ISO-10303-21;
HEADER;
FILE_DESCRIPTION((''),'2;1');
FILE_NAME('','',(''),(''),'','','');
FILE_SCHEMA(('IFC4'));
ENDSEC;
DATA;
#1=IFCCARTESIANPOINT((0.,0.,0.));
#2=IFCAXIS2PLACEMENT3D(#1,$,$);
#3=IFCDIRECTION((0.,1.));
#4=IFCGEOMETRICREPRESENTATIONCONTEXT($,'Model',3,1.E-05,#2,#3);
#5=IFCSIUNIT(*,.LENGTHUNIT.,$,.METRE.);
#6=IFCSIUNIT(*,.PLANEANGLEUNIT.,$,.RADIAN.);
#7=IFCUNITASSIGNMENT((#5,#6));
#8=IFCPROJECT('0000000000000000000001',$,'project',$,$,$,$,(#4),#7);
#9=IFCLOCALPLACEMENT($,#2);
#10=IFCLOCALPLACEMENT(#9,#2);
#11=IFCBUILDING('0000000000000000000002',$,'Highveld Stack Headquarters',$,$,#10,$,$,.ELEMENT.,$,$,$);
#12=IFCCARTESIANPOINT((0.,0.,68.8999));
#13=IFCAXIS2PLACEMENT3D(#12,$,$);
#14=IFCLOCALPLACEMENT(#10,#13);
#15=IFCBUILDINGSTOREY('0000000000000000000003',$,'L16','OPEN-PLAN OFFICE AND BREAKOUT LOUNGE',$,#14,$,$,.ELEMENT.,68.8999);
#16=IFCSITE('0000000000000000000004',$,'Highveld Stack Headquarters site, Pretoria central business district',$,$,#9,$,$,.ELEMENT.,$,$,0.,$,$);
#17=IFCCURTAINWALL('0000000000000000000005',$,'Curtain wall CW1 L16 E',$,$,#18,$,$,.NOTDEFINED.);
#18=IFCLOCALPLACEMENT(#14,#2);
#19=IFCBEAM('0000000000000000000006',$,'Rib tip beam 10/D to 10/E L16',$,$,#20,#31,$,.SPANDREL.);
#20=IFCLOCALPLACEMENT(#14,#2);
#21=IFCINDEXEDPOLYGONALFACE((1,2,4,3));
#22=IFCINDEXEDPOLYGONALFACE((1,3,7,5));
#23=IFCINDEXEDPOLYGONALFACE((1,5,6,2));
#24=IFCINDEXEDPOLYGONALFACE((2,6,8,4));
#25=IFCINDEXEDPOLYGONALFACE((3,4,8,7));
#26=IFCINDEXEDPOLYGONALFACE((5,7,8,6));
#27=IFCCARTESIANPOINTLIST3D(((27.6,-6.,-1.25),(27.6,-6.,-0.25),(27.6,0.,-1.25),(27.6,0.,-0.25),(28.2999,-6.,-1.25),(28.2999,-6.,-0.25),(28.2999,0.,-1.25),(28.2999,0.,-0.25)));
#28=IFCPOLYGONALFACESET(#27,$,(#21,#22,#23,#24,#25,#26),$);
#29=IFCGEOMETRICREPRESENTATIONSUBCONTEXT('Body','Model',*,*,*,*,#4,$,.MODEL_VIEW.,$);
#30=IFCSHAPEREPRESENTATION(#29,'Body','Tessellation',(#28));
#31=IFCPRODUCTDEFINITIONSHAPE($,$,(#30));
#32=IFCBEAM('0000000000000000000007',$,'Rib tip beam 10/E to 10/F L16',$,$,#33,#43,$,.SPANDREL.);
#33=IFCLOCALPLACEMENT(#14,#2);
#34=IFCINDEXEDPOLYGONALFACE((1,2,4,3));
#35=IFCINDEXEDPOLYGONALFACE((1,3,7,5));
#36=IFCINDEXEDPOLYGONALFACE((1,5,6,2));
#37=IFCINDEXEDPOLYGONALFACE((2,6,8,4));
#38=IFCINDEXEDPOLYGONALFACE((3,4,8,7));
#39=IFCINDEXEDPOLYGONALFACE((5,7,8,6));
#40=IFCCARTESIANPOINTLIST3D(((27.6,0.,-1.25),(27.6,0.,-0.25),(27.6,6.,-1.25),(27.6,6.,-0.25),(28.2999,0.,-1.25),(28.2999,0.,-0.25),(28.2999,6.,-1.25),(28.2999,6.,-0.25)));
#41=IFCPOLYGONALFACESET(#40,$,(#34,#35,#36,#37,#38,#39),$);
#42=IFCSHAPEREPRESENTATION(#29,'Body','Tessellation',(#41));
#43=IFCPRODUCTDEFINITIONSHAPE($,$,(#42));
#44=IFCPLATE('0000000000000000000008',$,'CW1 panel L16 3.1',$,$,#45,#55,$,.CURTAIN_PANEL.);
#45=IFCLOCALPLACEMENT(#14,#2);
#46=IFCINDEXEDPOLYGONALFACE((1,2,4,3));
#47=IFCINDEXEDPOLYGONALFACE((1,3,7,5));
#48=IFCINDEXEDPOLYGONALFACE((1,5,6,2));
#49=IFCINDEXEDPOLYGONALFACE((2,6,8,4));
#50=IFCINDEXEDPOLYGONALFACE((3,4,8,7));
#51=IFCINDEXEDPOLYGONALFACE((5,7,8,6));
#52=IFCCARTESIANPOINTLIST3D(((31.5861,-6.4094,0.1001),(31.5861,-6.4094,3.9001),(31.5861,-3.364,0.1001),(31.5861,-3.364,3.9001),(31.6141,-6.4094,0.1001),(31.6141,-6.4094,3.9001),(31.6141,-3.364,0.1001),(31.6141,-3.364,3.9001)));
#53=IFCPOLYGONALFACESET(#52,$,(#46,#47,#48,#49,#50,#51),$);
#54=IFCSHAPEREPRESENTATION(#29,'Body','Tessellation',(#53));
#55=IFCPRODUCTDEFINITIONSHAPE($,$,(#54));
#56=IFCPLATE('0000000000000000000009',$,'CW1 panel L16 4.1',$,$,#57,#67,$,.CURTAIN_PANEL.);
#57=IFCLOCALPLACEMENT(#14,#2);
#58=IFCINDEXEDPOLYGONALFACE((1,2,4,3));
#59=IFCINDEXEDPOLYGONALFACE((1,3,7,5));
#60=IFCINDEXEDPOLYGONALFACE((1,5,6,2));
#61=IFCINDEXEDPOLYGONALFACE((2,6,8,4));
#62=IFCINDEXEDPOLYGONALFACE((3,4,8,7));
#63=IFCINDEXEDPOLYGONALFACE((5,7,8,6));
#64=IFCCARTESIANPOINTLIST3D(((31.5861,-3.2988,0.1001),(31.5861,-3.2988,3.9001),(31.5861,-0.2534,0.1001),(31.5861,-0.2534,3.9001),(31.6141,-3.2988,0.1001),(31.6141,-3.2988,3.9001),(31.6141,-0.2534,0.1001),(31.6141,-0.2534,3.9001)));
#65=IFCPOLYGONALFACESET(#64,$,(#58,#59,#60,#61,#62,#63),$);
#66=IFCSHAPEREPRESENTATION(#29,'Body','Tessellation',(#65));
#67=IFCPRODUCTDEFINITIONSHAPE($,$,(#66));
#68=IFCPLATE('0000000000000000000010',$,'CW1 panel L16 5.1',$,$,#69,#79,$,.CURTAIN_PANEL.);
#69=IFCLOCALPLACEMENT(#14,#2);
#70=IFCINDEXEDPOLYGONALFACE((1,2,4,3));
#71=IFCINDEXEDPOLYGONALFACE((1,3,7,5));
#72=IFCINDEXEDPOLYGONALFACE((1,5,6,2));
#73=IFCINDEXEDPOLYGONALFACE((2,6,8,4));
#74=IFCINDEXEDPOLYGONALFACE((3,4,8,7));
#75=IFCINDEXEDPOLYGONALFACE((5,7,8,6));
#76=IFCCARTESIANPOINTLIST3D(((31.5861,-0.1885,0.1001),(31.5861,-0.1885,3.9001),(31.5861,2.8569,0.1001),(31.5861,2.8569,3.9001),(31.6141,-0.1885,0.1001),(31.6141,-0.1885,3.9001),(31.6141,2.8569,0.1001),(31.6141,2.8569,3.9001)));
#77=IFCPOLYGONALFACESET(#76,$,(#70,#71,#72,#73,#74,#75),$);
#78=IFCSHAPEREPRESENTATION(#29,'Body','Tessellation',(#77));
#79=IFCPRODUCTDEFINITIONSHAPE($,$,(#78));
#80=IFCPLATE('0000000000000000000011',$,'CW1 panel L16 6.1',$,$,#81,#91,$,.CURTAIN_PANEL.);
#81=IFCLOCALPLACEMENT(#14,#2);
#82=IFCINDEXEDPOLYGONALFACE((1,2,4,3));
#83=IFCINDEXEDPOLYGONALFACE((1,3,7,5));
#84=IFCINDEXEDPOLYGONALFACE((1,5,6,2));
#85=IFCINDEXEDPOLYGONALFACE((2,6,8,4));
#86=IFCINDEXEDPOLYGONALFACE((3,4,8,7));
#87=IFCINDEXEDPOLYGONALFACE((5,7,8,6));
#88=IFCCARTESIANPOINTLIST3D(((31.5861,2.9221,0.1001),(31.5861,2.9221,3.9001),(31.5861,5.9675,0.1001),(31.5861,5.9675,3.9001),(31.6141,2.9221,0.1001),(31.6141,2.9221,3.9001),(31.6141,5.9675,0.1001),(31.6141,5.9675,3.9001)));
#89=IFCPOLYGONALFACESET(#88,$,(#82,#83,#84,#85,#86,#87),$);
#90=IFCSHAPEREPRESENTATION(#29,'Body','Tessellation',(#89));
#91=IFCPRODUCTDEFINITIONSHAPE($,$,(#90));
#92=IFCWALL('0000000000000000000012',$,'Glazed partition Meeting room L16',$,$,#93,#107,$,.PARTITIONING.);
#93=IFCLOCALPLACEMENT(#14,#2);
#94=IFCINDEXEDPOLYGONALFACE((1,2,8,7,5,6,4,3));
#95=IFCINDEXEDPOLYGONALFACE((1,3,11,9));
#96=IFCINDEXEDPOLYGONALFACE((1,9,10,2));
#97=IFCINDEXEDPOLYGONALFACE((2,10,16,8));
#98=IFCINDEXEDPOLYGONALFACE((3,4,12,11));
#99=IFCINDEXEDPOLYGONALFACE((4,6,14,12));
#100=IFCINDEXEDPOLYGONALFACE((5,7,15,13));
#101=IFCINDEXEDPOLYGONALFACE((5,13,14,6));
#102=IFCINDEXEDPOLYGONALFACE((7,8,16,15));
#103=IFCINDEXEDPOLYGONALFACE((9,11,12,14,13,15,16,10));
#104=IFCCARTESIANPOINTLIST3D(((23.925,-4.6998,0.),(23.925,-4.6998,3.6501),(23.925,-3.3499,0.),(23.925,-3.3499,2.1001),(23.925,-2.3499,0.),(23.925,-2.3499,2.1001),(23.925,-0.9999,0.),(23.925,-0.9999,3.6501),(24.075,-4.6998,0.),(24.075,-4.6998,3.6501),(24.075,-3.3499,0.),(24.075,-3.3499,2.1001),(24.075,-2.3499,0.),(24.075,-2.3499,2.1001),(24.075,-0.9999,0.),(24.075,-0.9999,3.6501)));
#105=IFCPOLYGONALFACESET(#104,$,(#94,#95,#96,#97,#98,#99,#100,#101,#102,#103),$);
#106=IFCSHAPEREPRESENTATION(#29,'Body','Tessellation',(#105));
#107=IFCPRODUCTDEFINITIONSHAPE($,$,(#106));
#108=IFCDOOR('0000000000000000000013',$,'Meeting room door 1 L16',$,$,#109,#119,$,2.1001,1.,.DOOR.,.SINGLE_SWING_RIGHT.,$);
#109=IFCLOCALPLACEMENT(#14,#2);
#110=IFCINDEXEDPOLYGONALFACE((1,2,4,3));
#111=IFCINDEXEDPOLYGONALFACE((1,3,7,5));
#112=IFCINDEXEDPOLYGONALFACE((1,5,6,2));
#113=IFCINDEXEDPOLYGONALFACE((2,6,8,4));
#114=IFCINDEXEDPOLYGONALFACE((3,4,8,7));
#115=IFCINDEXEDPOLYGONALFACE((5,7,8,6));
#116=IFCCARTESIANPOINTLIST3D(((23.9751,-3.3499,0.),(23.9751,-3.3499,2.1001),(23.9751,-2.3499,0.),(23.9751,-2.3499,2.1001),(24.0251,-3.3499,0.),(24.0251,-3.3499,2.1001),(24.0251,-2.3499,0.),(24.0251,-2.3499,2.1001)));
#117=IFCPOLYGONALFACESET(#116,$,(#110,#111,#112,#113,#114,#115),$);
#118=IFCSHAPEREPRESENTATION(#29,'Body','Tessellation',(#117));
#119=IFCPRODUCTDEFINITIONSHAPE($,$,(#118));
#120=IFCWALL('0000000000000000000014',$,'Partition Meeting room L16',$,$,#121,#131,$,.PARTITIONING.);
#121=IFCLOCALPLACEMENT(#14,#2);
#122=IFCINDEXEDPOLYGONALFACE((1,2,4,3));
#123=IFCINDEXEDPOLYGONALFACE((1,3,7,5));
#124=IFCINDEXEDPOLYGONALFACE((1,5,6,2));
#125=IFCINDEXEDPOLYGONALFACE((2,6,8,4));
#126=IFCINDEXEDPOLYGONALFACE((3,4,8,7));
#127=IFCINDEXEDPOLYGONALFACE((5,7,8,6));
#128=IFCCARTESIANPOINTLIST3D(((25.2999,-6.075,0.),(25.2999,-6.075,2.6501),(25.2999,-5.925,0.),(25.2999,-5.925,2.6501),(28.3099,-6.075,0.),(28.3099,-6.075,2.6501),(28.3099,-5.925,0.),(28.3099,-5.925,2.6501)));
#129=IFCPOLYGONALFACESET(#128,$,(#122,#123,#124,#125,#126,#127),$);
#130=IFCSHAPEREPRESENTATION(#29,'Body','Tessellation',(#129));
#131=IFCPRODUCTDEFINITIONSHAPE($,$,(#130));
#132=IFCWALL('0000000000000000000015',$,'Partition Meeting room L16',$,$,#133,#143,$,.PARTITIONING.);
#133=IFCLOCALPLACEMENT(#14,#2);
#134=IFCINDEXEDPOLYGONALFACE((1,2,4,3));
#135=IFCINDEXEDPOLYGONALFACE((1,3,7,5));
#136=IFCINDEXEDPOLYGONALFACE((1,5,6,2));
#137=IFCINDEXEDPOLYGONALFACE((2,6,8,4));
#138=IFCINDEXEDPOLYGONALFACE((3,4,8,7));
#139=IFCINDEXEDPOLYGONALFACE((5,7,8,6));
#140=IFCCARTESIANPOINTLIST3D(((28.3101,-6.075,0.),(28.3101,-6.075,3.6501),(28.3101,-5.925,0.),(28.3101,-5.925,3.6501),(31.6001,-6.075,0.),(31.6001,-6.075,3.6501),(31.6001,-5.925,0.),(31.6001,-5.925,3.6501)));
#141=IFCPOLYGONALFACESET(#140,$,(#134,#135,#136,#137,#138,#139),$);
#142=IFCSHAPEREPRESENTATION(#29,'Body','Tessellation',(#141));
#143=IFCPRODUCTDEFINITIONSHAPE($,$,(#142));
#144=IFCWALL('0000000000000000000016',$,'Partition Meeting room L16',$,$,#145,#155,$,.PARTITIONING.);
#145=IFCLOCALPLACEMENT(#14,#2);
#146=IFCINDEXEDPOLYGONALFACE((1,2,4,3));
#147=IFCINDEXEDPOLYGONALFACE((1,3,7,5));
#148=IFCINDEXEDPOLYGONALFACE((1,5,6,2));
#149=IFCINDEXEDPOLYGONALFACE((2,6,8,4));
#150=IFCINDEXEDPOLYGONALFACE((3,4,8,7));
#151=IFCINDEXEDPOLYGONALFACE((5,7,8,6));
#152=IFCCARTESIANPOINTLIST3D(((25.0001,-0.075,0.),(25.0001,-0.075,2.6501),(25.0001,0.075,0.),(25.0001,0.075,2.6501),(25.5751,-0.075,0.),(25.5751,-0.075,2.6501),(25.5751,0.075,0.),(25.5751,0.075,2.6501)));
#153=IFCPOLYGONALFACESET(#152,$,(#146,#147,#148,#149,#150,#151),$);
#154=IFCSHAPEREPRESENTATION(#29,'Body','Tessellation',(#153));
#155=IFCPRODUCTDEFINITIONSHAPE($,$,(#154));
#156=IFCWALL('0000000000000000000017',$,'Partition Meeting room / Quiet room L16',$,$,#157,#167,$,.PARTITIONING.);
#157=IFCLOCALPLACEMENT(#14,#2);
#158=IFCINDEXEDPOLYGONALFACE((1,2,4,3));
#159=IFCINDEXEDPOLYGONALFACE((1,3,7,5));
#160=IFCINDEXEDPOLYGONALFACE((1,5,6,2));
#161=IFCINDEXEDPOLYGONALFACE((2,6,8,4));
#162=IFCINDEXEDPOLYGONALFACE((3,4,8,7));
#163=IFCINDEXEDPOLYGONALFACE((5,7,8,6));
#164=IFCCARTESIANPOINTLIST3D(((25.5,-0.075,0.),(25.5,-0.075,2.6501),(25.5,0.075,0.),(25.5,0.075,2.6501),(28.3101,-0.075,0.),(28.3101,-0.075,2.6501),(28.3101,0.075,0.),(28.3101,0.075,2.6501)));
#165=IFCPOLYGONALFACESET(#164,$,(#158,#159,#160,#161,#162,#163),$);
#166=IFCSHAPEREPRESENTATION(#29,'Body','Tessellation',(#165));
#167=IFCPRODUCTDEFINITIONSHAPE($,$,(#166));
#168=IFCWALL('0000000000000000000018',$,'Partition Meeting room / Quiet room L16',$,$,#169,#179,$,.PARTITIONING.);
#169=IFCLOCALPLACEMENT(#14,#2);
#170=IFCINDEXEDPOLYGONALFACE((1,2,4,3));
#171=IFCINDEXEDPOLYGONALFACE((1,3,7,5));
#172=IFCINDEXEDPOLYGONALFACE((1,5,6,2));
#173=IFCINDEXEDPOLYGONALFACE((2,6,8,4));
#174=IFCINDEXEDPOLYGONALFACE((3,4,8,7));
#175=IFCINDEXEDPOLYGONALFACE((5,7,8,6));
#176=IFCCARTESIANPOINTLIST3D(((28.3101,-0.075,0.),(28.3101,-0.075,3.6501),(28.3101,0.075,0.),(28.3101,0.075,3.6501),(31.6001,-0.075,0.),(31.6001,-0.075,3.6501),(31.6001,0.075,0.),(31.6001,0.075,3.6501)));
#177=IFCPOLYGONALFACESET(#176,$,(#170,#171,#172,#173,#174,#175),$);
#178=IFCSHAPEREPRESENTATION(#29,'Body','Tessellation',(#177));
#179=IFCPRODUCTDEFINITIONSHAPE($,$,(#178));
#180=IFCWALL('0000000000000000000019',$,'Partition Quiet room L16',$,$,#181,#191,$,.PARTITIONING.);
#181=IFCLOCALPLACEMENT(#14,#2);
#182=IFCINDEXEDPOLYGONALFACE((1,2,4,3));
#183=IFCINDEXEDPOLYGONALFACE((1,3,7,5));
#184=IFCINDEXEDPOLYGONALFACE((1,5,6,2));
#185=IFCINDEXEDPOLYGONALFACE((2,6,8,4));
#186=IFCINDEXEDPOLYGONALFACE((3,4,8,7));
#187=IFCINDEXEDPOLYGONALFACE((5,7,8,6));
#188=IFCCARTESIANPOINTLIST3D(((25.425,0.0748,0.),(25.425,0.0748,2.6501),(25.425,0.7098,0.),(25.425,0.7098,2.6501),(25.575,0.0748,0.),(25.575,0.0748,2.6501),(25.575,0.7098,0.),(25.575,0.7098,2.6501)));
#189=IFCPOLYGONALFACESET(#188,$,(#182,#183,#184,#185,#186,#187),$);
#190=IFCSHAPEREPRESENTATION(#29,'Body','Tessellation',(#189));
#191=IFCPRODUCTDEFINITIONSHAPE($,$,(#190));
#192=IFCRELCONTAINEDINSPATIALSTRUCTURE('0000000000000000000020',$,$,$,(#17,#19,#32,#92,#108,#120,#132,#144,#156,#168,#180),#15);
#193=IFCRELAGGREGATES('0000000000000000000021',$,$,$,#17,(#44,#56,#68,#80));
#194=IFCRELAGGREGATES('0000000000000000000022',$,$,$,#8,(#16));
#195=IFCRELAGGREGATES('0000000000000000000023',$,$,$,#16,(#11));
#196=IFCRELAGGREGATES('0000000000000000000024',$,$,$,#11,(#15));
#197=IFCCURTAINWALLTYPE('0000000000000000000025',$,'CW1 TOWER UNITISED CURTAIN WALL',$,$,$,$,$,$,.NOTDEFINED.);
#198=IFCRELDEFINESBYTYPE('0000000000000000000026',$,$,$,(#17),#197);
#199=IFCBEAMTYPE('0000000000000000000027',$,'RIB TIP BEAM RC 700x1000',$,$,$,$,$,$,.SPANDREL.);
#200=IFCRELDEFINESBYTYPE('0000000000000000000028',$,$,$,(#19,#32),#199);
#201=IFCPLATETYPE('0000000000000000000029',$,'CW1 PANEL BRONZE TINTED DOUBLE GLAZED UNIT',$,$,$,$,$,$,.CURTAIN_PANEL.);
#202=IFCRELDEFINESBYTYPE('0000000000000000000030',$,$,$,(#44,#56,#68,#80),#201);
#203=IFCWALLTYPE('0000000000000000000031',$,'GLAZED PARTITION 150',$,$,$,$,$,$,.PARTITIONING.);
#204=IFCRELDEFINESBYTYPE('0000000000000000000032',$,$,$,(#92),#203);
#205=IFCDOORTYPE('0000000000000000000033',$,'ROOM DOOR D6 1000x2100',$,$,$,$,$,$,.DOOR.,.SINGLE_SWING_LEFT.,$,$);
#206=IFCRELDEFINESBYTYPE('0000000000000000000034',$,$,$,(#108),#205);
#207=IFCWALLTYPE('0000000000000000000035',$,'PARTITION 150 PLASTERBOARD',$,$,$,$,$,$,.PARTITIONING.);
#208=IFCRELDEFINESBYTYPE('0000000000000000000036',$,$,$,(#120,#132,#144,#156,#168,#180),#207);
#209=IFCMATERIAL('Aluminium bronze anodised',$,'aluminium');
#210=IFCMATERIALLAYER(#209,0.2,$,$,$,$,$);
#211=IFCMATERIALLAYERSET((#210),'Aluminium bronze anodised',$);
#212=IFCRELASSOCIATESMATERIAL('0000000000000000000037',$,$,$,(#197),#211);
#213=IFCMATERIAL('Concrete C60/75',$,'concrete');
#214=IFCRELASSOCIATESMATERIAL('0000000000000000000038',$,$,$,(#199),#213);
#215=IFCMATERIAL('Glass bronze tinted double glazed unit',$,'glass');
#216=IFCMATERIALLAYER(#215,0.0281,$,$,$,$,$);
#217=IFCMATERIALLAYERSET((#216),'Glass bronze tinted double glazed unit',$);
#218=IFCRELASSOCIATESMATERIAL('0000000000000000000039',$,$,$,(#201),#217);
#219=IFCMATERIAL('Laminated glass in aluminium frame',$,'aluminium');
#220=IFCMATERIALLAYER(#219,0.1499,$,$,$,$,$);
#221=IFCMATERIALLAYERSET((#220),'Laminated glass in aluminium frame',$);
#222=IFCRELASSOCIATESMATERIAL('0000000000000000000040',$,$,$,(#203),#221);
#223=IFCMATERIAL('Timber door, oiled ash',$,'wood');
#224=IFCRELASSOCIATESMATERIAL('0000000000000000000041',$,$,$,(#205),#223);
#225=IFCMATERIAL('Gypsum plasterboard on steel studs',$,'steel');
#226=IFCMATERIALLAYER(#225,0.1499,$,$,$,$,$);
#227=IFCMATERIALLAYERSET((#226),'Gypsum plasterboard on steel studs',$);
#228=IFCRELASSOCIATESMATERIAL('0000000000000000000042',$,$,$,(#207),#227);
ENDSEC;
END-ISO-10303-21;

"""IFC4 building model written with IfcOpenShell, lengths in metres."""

from ifc_helpers import new_model, si_unit, direction, frame, frame_2d, origin, origin_2d, place, context, subcontext, project, spatial, rectangle, extrude, material, layer, layer_set, material_profile, profile_set, type_object, element, fill, aggregate, save


model = new_model("IFC4")

# Units and contexts
model_context = context("Model", 3, precision=1e-05, world=origin(), true_north=direction((0.0, 1.0)))
body_context = subcontext(model_context, "Body", "Model", "MODEL_VIEW")
ifc_project = project(units=[si_unit("LENGTHUNIT", "METRE"), si_unit("PLANEANGLEUNIT", "RADIAN")], contexts=[model_context])

# Site, building, storey
site_placement = place(None, origin())
site = spatial("IfcSite", under=ifc_project, at=site_placement, Name="Highveld Stack Headquarters site, Pretoria central business district", CompositionType="ELEMENT", RefElevation=0.0)
building_placement = place(site_placement, origin())
building = spatial("IfcBuilding", under=site, at=building_placement, Name="Highveld Stack Headquarters", CompositionType="ELEMENT")
storey_placement = place(building_placement, frame((0.0, 0.0, 68.8999)))
storey = spatial("IfcBuildingStorey", under=building, at=storey_placement, Name="L16", Description="OPEN-PLAN OFFICE AND BREAKOUT LOUNGE", CompositionType="ELEMENT", Elevation=68.8999)

# Curtain wall
ifc_material_1 = material(Name="Aluminium bronze anodised", Category="aluminium")
ifc_layer_1 = layer(ifc_material_1, 0.2)
ifc_layer_set_1 = layer_set([ifc_layer_1], Name="Aluminium bronze anodised")
curtain_wall_type = type_object("IfcCurtainWallType", Name="CW1 TOWER UNITISED CURTAIN WALL", PredefinedType="NOTDEFINED", material=ifc_layer_set_1)
curtain_wall_placement = place(storey_placement, origin())
curtain_wall = element("IfcCurtainWall", 1, at=curtain_wall_placement, inside=storey, type_object=curtain_wall_type, Name="Curtain wall CW1 L16 E", PredefinedType="NOTDEFINED")

# Beams
ifc_material_2 = material(Name="Concrete C60/75", Category="concrete")
ifc_material_profile_1 = material_profile(ifc_material_2, rectangle(XDim=0.7, YDim=1.0, at=origin_2d()), Name="RC 700x1000")
ifc_profile_set_1 = profile_set([ifc_material_profile_1], Name="Concrete C60/75")
beam_type_1 = type_object("IfcBeamType", Name="RIB TIP BEAM RC 700x1000", PredefinedType="SPANDREL", material=ifc_profile_set_1)
for number, where, z_axis, x_axis, name in (
    (2, (27.95, -6.0, -0.75), (0.0, 1.0, 0.0), (-1.0, 0.0, 0.0), "Rib tip beam 10/D to 10/E L16"),
    (3, (27.95, 0.0, -0.75), (0.0, 1.0, 0.0), (-1.0, 0.0, 0.0), "Rib tip beam 10/E to 10/F L16"),
):
    element("IfcBeam", number, at=place(storey_placement, frame(where, z_axis=z_axis, x_axis=x_axis)), inside=storey, type_object=beam_type_1, Name=name, PredefinedType="SPANDREL", context=body_context, shape_type="SweptSolid", body=[
        extrude(rectangle(XDim=0.7, YDim=1.0, at=origin_2d()), origin(), (0.0, 0.0, 1.0), 6.0),
    ])

# Plates
ifc_material_3 = material(Name="Glass bronze tinted double glazed unit", Category="glass")
ifc_layer_2 = layer(ifc_material_3, 0.0281)
ifc_layer_set_2 = layer_set([ifc_layer_2], Name="Glass bronze tinted double glazed unit")
plate_type = type_object("IfcPlateType", Name="CW1 PANEL BRONZE TINTED DOUBLE GLAZED UNIT", PredefinedType="CURTAIN_PANEL", material=ifc_layer_set_2)
plate_1_placement = place(storey_placement, frame((31.6001, -4.8867, 0.1001), z_axis=(0.0, 0.0, 1.0), x_axis=(0.0, 1.0, 0.0)))
plate_1 = element("IfcPlate", 4, at=plate_1_placement, type_object=plate_type, Name="CW1 panel L16 3.1", PredefinedType="CURTAIN_PANEL", context=body_context, shape_type="SweptSolid", body=[
    extrude(rectangle(XDim=3.0454, YDim=0.0281, at=origin_2d()), origin(), (0.0, 0.0, 1.0), 3.8),
])
plate_2_placement = place(storey_placement, frame((31.6001, -1.7761, 0.1001), z_axis=(0.0, 0.0, 1.0), x_axis=(0.0, 1.0, 0.0)))
plate_2 = element("IfcPlate", 5, at=plate_2_placement, type_object=plate_type, Name="CW1 panel L16 4.1", PredefinedType="CURTAIN_PANEL", context=body_context, shape_type="SweptSolid", body=[
    extrude(rectangle(XDim=3.0454, YDim=0.0281, at=origin_2d()), origin(), (0.0, 0.0, 1.0), 3.8),
])
plate_3_placement = place(storey_placement, frame((31.6001, 1.3342, 0.1001), z_axis=(0.0, 0.0, 1.0), x_axis=(0.0, 1.0, 0.0)))
plate_3 = element("IfcPlate", 6, at=plate_3_placement, type_object=plate_type, Name="CW1 panel L16 5.1", PredefinedType="CURTAIN_PANEL", context=body_context, shape_type="SweptSolid", body=[
    extrude(rectangle(XDim=3.0454, YDim=0.0281, at=origin_2d()), origin(), (0.0, 0.0, 1.0), 3.8),
])
plate_4_placement = place(storey_placement, frame((31.6001, 4.4448, 0.1001), z_axis=(0.0, 0.0, 1.0), x_axis=(0.0, 1.0, 0.0)))
plate_4 = element("IfcPlate", 7, at=plate_4_placement, type_object=plate_type, Name="CW1 panel L16 6.1", PredefinedType="CURTAIN_PANEL", context=body_context, shape_type="SweptSolid", body=[
    extrude(rectangle(XDim=3.0454, YDim=0.0281, at=origin_2d()), origin(), (0.0, 0.0, 1.0), 3.8),
])
aggregate(curtain_wall, [plate_1, plate_2, plate_3, plate_4])

# Wall, opening, door
ifc_material_4 = material(Name="Laminated glass in aluminium frame", Category="aluminium")
ifc_layer_3 = layer(ifc_material_4, 0.1499)
ifc_layer_set_3 = layer_set([ifc_layer_3], Name="Laminated glass in aluminium frame")
wall_type_1 = type_object("IfcWallType", Name="GLAZED PARTITION 150", PredefinedType="PARTITIONING", material=ifc_layer_set_3)
wall_1_placement = place(storey_placement, frame((24.0, -4.7, 0.0), z_axis=(0.0, 0.0, 1.0), x_axis=(0.0, 1.0, 0.0)))
wall_1 = element("IfcWall", 8, at=wall_1_placement, inside=storey, type_object=wall_type_1, Name="Glazed partition Meeting room L16", PredefinedType="PARTITIONING", context=body_context, shape_type="SweptSolid", body=[
    extrude(rectangle(XDim=3.7, YDim=0.1499, at=frame_2d((1.8501, 0.0))), origin(), (0.0, 0.0, 1.0), 3.6501),
])
opening_1_placement = place(wall_1_placement, frame((1.3501, 0.0, 0.0)))
opening_1 = element("IfcOpeningElement", 9, at=opening_1_placement, cuts=wall_1, PredefinedType="OPENING", context=body_context, shape_type="SweptSolid", body=[
    extrude(rectangle(XDim=1.0, YDim=2.1001, at=frame_2d((0.5, 1.05))), frame((0.0, 0.085, 0.0), z_axis=(0.0, -1.0, 0.0), x_axis=(1.0, 0.0, 0.0)), (0.0, 0.0, 1.0), 0.1699),
])
ifc_material_5 = material(Name="Timber door, oiled ash", Category="wood")
door_type = type_object("IfcDoorType", Name="ROOM DOOR D6 1000x2100", OperationType="SINGLE_SWING_LEFT", PredefinedType="DOOR", material=ifc_material_5)
door_1_placement = place(opening_1_placement, origin())
door_1 = element("IfcDoor", 10, at=door_1_placement, inside=storey, type_object=door_type, Name="Meeting room door 1 L16", OperationType="SINGLE_SWING_RIGHT", OverallHeight=2.1001, OverallWidth=1.0, PredefinedType="DOOR", context=body_context, shape_type="SweptSolid", body=[
    extrude(rectangle(XDim=1.0, YDim=2.1001, at=frame_2d((0.5, 1.05))), frame((0.0, 0.0249, 0.0), z_axis=(0.0, -1.0, 0.0), x_axis=(1.0, 0.0, 0.0)), (0.0, 0.0, 1.0), 0.05),
])
fill(opening_1, door_1)

# Walls
ifc_material_6 = material(Name="Gypsum plasterboard on steel studs", Category="steel")
ifc_layer_4 = layer(ifc_material_6, 0.1499)
ifc_layer_set_4 = layer_set([ifc_layer_4], Name="Gypsum plasterboard on steel studs")
wall_type_2 = type_object("IfcWallType", Name="PARTITION 150 PLASTERBOARD", PredefinedType="PARTITIONING", material=ifc_layer_set_4)
wall_2_placement = place(storey_placement, frame((25.3, -6.0, 0.0), z_axis=(0.0, 0.0, 1.0), x_axis=(1.0, 0.0, 0.0)))
element("IfcWall", 11, at=wall_2_placement, inside=storey, type_object=wall_type_2, Name="Partition Meeting room L16", PredefinedType="PARTITIONING", context=body_context, shape_type="SweptSolid", body=[
    extrude(rectangle(XDim=3.01, YDim=0.1499, at=frame_2d((1.5049, 0.0))), origin(), (0.0, 0.0, 1.0), 2.6501),
])
wall_3_placement = place(storey_placement, frame((28.3101, -6.0, 0.0), z_axis=(0.0, 0.0, 1.0), x_axis=(1.0, 0.0, 0.0)))
element("IfcWall", 12, at=wall_3_placement, inside=storey, type_object=wall_type_2, Name="Partition Meeting room L16", PredefinedType="PARTITIONING", context=body_context, shape_type="SweptSolid", body=[
    extrude(rectangle(XDim=3.29, YDim=0.1499, at=frame_2d((1.645, 0.0))), origin(), (0.0, 0.0, 1.0), 3.6501),
])
wall_4_placement = place(storey_placement, frame((25.0, 0.0, 0.0), z_axis=(0.0, 0.0, 1.0), x_axis=(1.0, 0.0, 0.0)))
element("IfcWall", 13, at=wall_4_placement, inside=storey, type_object=wall_type_2, Name="Partition Meeting room L16", PredefinedType="PARTITIONING", context=body_context, shape_type="SweptSolid", body=[
    extrude(rectangle(XDim=0.575, YDim=0.1499, at=frame_2d((0.2876, 0.0))), origin(), (0.0, 0.0, 1.0), 2.6501),
])
wall_5_placement = place(storey_placement, frame((25.5, 0.0, 0.0), z_axis=(0.0, 0.0, 1.0), x_axis=(1.0, 0.0, 0.0)))
element("IfcWall", 14, at=wall_5_placement, inside=storey, type_object=wall_type_2, Name="Partition Meeting room / Quiet room L16", PredefinedType="PARTITIONING", context=body_context, shape_type="SweptSolid", body=[
    extrude(rectangle(XDim=2.8101, YDim=0.1499, at=frame_2d((1.405, 0.0))), origin(), (0.0, 0.0, 1.0), 2.6501),
])
wall_6_placement = place(storey_placement, frame((28.3101, 0.0, 0.0), z_axis=(0.0, 0.0, 1.0), x_axis=(1.0, 0.0, 0.0)))
element("IfcWall", 15, at=wall_6_placement, inside=storey, type_object=wall_type_2, Name="Partition Meeting room / Quiet room L16", PredefinedType="PARTITIONING", context=body_context, shape_type="SweptSolid", body=[
    extrude(rectangle(XDim=3.29, YDim=0.1499, at=frame_2d((1.645, 0.0))), origin(), (0.0, 0.0, 1.0), 3.6501),
])
wall_7_placement = place(storey_placement, frame((25.5, 0.075, 0.0), z_axis=(0.0, 0.0, 1.0), x_axis=(0.0, 1.0, 0.0)))
element("IfcWall", 16, at=wall_7_placement, inside=storey, type_object=wall_type_2, Name="Partition Quiet room L16", PredefinedType="PARTITIONING", context=body_context, shape_type="SweptSolid", body=[
    extrude(rectangle(XDim=0.635, YDim=0.1499, at=frame_2d((0.3174, 0.0))), origin(), (0.0, 0.0, 1.0), 2.6501),
])

save(model, "model.ifc")
